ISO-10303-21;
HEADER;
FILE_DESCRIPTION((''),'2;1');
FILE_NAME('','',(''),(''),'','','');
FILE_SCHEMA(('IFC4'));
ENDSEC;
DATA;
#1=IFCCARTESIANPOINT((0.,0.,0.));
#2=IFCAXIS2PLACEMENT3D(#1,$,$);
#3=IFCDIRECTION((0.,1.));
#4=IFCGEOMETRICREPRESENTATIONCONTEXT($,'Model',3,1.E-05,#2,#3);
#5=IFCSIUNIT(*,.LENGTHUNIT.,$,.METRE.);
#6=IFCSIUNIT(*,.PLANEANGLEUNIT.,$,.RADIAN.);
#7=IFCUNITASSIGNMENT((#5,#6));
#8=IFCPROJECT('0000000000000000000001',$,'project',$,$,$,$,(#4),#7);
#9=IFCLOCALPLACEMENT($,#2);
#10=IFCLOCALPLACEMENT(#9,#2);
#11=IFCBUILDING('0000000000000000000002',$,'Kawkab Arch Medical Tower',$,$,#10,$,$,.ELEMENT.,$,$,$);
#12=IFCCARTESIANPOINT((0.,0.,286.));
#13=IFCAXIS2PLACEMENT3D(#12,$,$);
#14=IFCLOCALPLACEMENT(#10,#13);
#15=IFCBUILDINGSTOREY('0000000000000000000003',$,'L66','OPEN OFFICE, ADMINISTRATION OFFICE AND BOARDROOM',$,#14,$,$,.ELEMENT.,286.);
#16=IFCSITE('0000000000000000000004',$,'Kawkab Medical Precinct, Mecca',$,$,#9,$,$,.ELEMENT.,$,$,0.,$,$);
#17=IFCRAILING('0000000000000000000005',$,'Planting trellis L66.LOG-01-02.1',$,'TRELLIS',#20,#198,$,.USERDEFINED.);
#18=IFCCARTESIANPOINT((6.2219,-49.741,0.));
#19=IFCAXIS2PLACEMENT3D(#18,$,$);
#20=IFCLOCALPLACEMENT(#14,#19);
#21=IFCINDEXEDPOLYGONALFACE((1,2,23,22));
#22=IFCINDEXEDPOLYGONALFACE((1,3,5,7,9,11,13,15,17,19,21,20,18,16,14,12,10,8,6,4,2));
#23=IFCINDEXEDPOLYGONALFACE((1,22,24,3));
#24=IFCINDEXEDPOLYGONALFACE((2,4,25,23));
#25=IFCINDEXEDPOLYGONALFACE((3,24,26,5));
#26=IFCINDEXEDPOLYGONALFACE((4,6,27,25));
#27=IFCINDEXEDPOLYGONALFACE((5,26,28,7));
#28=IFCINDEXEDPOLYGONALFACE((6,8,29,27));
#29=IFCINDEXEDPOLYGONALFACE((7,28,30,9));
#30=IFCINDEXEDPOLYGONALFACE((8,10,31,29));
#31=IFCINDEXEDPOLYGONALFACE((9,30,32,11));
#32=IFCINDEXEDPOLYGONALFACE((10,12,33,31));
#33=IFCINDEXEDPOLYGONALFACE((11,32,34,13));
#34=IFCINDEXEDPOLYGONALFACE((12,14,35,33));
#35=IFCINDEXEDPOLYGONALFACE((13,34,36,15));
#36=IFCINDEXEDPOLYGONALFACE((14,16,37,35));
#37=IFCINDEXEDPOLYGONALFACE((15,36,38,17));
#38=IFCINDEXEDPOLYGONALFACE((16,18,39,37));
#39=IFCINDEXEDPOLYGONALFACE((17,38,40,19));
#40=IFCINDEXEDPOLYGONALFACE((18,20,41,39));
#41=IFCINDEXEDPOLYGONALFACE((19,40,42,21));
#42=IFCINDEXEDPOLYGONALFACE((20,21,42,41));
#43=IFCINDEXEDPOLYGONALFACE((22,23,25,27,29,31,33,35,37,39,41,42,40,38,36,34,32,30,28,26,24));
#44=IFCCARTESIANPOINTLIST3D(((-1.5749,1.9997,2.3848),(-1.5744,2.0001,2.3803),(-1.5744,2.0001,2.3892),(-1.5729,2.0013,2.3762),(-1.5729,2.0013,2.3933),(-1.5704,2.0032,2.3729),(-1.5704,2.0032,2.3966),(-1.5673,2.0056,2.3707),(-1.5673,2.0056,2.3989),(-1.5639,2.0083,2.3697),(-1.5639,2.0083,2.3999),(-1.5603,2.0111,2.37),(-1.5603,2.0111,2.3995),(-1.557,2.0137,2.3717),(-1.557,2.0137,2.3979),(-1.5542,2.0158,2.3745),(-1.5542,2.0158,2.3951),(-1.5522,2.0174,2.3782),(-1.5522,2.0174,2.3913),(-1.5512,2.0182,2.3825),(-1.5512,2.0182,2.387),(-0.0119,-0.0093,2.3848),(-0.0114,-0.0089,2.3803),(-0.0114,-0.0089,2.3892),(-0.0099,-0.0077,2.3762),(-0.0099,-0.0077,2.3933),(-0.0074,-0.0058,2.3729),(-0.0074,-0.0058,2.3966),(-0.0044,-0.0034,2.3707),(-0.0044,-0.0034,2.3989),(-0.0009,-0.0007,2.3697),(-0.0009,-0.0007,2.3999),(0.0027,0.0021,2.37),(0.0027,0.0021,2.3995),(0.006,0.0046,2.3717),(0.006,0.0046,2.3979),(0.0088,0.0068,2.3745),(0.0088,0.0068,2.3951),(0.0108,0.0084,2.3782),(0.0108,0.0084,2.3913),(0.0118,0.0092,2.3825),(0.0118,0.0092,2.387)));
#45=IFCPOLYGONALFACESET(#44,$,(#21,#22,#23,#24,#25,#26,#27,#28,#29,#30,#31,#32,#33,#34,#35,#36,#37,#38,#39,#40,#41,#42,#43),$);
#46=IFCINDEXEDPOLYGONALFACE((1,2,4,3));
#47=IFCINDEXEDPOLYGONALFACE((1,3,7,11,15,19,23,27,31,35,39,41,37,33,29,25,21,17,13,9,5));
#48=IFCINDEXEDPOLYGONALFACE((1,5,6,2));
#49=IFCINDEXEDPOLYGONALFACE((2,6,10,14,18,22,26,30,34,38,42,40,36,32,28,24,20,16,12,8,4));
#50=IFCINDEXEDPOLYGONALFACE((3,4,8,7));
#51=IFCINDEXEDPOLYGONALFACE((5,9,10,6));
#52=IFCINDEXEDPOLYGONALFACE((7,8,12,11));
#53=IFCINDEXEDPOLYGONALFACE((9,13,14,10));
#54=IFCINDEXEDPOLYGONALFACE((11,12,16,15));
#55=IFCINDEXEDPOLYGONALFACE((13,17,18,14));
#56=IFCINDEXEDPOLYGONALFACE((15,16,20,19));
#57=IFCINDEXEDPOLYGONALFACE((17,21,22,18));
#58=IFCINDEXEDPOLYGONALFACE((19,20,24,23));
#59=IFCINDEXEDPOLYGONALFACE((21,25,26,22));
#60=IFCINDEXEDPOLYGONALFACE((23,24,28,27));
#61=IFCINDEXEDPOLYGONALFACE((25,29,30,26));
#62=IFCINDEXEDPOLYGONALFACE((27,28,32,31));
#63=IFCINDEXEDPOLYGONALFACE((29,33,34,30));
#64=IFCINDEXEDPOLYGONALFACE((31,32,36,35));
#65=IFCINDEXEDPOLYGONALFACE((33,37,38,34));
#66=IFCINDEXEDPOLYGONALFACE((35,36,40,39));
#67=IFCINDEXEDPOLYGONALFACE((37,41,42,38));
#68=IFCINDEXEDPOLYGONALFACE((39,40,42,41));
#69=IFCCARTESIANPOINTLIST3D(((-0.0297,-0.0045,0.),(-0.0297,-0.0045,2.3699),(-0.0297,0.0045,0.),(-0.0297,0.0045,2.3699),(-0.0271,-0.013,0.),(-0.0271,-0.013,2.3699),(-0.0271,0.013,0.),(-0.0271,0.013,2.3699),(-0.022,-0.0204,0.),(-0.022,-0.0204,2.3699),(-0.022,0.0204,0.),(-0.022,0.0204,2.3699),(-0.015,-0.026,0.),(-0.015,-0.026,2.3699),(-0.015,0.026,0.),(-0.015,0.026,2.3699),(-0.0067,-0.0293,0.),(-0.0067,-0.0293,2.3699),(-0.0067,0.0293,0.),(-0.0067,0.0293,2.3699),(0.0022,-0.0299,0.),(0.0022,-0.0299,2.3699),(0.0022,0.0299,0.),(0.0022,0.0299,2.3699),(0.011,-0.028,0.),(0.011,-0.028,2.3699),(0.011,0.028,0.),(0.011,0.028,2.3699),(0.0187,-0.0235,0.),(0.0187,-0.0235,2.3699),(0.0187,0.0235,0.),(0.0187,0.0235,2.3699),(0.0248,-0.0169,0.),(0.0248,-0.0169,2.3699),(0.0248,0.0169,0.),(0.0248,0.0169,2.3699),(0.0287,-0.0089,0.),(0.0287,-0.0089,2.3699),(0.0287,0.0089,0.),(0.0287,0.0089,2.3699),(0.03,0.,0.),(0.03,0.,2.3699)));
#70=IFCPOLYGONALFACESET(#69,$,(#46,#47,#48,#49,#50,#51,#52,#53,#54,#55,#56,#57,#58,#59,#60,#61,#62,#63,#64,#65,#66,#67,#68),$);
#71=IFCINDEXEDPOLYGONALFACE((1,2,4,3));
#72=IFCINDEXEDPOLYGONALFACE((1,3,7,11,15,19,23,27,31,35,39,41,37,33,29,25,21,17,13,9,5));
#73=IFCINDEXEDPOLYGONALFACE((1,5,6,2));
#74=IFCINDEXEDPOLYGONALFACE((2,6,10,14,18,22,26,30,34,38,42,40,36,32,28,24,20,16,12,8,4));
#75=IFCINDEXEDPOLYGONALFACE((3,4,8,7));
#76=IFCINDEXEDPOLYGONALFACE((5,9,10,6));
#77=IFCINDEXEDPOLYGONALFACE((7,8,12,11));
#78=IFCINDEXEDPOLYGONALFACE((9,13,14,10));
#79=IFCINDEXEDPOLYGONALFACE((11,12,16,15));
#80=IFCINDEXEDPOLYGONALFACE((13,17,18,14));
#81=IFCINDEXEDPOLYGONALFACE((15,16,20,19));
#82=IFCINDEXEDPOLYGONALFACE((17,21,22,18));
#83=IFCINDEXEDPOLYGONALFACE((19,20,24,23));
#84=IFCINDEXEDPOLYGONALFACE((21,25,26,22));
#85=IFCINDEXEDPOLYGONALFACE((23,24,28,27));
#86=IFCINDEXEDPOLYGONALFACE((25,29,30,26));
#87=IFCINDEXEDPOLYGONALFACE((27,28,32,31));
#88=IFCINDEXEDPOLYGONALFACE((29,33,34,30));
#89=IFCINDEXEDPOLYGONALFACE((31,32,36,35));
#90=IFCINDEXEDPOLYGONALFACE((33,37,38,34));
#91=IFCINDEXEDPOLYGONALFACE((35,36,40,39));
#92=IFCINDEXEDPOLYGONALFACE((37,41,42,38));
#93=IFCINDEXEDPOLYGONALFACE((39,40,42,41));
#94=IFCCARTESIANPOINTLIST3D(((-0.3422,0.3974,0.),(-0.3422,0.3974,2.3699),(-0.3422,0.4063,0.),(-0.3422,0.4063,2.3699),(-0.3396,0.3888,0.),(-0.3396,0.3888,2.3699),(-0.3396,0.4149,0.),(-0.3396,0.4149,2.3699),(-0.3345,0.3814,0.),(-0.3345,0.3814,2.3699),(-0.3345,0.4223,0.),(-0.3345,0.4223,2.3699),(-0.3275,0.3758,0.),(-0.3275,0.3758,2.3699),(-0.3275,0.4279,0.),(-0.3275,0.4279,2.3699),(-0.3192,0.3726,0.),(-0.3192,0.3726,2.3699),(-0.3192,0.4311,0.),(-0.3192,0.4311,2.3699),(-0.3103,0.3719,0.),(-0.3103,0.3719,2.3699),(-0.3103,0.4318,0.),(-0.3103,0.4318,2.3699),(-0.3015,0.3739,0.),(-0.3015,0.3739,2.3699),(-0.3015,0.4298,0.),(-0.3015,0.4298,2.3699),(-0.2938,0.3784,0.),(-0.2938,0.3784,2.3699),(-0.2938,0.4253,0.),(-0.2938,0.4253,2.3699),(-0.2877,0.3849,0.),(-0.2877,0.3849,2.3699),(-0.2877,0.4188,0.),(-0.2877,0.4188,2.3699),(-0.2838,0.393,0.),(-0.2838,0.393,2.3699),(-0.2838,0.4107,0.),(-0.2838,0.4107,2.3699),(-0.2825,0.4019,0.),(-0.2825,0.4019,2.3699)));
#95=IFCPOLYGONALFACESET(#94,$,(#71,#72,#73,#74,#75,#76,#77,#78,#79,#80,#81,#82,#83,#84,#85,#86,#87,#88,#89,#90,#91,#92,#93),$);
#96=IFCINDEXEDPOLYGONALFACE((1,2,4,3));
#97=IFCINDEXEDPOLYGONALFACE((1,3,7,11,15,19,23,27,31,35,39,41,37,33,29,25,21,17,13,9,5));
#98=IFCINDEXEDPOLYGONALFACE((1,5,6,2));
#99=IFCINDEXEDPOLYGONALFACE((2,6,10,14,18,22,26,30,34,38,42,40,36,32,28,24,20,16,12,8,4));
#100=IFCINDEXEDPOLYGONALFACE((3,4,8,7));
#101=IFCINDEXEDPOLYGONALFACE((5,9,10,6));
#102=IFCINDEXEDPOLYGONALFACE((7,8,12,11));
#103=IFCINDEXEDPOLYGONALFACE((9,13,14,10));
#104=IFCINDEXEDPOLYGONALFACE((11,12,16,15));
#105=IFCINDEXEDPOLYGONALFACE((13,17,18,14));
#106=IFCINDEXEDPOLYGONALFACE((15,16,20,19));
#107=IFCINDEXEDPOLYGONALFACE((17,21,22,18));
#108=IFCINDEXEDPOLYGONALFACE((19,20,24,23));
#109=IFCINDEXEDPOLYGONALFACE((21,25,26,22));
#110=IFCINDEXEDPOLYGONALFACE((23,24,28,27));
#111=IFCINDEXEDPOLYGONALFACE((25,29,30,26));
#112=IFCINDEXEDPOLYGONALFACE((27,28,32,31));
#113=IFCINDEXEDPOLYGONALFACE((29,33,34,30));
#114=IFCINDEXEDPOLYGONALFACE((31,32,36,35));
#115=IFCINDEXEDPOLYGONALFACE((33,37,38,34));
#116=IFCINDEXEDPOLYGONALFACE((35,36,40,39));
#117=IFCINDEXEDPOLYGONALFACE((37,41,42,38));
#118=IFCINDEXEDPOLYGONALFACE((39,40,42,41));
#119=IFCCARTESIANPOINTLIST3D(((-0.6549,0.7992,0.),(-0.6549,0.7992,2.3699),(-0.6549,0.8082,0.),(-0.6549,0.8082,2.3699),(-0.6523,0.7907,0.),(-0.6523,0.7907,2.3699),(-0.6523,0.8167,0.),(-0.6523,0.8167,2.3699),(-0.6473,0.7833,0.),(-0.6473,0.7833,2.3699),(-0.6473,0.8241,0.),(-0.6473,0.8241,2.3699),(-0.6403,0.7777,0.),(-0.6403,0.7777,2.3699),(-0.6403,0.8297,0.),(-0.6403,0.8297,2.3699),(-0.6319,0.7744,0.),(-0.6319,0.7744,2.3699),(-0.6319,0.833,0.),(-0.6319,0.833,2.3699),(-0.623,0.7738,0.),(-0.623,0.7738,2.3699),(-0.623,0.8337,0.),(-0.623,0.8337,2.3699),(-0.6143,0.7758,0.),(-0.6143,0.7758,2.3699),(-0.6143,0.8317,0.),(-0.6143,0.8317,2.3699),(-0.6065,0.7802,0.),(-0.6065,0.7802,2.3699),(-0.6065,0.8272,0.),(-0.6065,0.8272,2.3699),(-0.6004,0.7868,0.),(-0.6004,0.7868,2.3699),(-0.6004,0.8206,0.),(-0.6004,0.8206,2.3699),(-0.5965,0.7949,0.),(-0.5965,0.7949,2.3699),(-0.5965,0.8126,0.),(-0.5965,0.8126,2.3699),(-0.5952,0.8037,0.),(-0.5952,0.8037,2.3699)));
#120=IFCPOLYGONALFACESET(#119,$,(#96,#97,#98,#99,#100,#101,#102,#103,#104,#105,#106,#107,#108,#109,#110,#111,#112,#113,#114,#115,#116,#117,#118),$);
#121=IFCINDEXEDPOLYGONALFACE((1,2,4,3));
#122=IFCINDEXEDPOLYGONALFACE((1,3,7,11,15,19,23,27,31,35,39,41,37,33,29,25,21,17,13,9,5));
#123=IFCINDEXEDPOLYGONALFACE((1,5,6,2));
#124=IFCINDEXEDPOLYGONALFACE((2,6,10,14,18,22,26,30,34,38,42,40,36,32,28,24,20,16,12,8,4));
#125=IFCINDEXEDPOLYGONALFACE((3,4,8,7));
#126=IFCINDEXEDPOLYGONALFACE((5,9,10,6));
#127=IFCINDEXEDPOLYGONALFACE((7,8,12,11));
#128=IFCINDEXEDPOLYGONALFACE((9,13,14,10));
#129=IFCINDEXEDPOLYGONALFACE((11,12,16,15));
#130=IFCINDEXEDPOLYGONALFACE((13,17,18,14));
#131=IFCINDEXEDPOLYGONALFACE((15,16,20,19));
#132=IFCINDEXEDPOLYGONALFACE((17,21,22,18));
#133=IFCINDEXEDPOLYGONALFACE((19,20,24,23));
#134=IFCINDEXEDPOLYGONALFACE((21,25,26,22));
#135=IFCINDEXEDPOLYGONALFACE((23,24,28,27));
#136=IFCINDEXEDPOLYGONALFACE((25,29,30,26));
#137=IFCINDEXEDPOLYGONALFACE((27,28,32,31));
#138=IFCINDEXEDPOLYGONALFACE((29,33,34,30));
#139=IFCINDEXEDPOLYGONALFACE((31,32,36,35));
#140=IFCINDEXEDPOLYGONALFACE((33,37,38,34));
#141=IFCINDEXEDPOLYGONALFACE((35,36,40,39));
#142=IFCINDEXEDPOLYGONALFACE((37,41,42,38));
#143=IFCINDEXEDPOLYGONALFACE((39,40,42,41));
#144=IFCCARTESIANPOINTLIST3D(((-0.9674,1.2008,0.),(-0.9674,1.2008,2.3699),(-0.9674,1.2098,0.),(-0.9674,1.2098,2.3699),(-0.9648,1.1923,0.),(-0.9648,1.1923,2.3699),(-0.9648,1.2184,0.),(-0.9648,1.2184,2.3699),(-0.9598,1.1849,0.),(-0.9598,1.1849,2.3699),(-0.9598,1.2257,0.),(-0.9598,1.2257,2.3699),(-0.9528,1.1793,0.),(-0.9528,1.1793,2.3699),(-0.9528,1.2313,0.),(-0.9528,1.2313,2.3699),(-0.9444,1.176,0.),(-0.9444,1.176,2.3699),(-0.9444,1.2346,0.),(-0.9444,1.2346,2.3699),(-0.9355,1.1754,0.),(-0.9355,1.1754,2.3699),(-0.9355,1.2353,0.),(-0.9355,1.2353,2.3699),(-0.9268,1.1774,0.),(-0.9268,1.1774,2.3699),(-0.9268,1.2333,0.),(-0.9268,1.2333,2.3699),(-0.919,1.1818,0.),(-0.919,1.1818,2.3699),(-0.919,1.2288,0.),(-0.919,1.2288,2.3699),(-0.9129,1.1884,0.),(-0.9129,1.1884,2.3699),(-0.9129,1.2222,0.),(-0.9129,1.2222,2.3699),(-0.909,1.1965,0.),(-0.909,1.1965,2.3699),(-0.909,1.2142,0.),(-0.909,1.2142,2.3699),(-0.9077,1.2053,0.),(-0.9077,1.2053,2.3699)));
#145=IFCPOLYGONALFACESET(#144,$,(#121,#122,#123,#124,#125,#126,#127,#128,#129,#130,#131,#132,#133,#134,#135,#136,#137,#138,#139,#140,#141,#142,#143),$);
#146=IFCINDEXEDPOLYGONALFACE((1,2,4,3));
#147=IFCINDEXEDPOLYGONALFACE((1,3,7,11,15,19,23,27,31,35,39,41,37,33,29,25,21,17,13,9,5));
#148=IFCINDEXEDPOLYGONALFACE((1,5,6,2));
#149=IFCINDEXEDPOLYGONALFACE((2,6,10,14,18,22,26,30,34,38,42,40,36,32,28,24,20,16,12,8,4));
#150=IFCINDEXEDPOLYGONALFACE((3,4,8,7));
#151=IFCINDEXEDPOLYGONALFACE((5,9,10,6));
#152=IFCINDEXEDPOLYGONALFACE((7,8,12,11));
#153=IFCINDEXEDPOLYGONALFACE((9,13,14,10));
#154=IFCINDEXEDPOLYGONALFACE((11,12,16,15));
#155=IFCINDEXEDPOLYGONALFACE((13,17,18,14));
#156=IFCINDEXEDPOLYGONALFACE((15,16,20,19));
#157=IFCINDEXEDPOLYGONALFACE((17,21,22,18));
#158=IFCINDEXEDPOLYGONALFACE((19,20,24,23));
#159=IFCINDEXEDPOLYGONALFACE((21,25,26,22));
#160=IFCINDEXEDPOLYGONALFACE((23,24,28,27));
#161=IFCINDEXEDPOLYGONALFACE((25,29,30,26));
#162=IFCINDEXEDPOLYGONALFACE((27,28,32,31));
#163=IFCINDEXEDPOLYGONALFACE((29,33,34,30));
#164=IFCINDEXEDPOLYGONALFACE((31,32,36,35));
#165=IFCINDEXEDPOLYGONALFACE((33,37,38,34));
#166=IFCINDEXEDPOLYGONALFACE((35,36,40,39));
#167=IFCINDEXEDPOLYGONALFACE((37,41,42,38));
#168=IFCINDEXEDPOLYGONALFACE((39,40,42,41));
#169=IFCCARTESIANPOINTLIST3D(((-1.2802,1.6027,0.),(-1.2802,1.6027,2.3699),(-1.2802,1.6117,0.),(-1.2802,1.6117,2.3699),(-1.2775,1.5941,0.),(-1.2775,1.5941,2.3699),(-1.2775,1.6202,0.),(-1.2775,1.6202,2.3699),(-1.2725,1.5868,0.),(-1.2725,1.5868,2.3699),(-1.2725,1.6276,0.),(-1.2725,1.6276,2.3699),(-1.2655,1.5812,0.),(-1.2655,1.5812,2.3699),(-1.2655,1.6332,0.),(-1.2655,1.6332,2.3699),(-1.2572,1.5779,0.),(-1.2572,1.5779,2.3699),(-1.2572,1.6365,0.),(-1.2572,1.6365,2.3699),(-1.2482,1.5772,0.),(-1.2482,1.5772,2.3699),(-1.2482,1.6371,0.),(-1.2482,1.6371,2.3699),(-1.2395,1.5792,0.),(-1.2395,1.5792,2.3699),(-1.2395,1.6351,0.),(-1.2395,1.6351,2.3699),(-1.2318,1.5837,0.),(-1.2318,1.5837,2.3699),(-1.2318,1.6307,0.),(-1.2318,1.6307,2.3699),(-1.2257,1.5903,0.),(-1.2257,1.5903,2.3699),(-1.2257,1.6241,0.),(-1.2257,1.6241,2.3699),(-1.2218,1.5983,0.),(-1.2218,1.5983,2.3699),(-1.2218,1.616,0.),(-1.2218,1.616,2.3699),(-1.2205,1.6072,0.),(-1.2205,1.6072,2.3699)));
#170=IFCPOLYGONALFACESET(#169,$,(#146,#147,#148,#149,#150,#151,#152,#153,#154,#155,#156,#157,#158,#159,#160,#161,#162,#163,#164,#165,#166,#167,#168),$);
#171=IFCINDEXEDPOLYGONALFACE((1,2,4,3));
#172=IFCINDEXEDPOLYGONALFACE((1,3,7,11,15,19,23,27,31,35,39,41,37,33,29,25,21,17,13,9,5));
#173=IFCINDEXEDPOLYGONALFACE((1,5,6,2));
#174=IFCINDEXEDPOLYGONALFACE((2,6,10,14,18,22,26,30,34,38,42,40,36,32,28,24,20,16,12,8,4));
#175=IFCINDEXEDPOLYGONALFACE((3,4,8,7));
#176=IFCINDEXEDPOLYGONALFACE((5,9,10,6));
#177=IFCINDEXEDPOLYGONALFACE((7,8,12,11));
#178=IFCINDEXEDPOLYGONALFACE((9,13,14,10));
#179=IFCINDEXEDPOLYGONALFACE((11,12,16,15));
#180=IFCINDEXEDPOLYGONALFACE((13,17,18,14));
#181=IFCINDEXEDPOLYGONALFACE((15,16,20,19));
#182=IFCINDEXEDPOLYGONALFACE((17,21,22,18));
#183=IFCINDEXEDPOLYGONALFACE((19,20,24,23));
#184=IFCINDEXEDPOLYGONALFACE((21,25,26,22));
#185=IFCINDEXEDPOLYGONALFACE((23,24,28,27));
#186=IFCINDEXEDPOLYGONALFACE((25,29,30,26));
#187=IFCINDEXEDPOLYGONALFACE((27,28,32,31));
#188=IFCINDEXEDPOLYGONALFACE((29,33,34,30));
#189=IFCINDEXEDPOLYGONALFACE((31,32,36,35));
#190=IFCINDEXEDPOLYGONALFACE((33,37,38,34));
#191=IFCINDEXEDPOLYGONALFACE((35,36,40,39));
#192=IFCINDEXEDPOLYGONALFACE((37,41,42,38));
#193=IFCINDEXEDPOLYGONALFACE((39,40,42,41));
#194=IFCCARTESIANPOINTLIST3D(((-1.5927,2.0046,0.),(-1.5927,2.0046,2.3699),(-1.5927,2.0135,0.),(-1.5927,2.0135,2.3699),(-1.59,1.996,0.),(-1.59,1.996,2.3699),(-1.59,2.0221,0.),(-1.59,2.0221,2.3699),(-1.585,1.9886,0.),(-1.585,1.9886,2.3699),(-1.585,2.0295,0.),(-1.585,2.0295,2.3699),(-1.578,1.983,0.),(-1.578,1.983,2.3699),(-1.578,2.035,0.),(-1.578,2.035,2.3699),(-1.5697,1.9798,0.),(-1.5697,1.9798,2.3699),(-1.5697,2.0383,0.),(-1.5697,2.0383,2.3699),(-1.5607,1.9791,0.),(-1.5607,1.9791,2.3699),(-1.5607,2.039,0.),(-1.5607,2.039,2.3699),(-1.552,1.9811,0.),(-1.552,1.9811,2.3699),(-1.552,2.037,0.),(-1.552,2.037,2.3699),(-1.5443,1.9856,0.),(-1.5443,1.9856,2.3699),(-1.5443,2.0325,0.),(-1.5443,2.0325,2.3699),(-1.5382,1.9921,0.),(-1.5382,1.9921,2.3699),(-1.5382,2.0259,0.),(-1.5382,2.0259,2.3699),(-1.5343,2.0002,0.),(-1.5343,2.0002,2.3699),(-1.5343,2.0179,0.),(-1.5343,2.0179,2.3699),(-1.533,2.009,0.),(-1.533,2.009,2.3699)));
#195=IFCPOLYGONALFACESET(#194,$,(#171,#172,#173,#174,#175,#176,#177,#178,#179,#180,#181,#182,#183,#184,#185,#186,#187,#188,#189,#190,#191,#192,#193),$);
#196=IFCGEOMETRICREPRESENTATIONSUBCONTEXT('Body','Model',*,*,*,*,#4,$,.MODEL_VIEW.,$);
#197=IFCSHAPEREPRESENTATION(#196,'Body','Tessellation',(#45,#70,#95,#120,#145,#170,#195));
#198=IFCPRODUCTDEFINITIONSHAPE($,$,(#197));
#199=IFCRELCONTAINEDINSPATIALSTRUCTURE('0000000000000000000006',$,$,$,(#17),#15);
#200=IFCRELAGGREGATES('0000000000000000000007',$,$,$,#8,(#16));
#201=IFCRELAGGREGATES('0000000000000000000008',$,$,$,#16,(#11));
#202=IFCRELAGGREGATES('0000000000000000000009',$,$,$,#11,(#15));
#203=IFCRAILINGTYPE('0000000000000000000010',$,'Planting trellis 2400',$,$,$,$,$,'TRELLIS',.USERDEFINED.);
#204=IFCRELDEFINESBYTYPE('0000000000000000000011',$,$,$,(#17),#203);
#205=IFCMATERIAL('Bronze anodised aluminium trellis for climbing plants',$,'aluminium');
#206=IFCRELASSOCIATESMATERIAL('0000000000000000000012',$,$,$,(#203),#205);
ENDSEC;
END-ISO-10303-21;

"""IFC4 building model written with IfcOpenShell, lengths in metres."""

from ifc_helpers import new_model, si_unit, direction, frame, origin, origin_2d, place, context, subcontext, project, spatial, circle, extrude, material, type_object, element, save


model = new_model("IFC4")

# Units and contexts
model_context = context("Model", 3, precision=1e-05, world=origin(), true_north=direction((0.0, 1.0)))
body_context = subcontext(model_context, "Body", "Model", "MODEL_VIEW")
ifc_project = project(units=[si_unit("LENGTHUNIT", "METRE"), si_unit("PLANEANGLEUNIT", "RADIAN")], contexts=[model_context])

# Site, building, storey
site_placement = place(None, origin())
site = spatial("IfcSite", under=ifc_project, at=site_placement, Name="Kawkab Medical Precinct, Mecca", CompositionType="ELEMENT", RefElevation=0.0)
building_placement = place(site_placement, origin())
building = spatial("IfcBuilding", under=site, at=building_placement, Name="Kawkab Arch Medical Tower", CompositionType="ELEMENT")
storey_placement = place(building_placement, frame((0.0, 0.0, 286.0)))
storey = spatial("IfcBuildingStorey", under=building, at=storey_placement, Name="L66", Description="OPEN OFFICE, ADMINISTRATION OFFICE AND BOARDROOM", CompositionType="ELEMENT", Elevation=286.0)

# Railing
ifc_material_1 = material(Name="Bronze anodised aluminium trellis for climbing plants", Category="aluminium")
railing_type_1 = type_object("IfcRailingType", Name="Planting trellis 2400", ElementType="TRELLIS", PredefinedType="USERDEFINED", material=ifc_material_1)
railing_1_placement = place(storey_placement, frame((6.2219, -49.741, 0.0)))
element("IfcRailing", 1, at=railing_1_placement, inside=storey, type_object=railing_type_1, Name="Planting trellis L66.LOG-01-02.1", ObjectType="TRELLIS", PredefinedType="USERDEFINED", context=body_context, shape_type="SweptSolid", body=[
    extrude(circle(Radius=0.0151, at=origin_2d()), frame((0.0, 0.0, 2.3848), z_axis=(-0.61404, 0.789275, 0.0), x_axis=(-0.789275, -0.61404, 0.0)), (0.0, 0.0, 1.0), 2.5454),
    extrude(circle(Radius=0.03, at=origin_2d()), origin(), (0.0, 0.0, 1.0), 2.3699),
    extrude(circle(Radius=0.03, at=origin_2d()), frame((-0.3125, 0.4019, 0.0)), (0.0, 0.0, 1.0), 2.3699),
    extrude(circle(Radius=0.03, at=origin_2d()), frame((-0.6252, 0.8037, 0.0)), (0.0, 0.0, 1.0), 2.3699),
    extrude(circle(Radius=0.03, at=origin_2d()), frame((-0.9377, 1.2053, 0.0)), (0.0, 0.0, 1.0), 2.3699),
    extrude(circle(Radius=0.03, at=origin_2d()), frame((-1.2505, 1.6072, 0.0)), (0.0, 0.0, 1.0), 2.3699),
    extrude(circle(Radius=0.03, at=origin_2d()), frame((-1.563, 2.009, 0.0)), (0.0, 0.0, 1.0), 2.3699),
])

save(model, "model.ifc")
